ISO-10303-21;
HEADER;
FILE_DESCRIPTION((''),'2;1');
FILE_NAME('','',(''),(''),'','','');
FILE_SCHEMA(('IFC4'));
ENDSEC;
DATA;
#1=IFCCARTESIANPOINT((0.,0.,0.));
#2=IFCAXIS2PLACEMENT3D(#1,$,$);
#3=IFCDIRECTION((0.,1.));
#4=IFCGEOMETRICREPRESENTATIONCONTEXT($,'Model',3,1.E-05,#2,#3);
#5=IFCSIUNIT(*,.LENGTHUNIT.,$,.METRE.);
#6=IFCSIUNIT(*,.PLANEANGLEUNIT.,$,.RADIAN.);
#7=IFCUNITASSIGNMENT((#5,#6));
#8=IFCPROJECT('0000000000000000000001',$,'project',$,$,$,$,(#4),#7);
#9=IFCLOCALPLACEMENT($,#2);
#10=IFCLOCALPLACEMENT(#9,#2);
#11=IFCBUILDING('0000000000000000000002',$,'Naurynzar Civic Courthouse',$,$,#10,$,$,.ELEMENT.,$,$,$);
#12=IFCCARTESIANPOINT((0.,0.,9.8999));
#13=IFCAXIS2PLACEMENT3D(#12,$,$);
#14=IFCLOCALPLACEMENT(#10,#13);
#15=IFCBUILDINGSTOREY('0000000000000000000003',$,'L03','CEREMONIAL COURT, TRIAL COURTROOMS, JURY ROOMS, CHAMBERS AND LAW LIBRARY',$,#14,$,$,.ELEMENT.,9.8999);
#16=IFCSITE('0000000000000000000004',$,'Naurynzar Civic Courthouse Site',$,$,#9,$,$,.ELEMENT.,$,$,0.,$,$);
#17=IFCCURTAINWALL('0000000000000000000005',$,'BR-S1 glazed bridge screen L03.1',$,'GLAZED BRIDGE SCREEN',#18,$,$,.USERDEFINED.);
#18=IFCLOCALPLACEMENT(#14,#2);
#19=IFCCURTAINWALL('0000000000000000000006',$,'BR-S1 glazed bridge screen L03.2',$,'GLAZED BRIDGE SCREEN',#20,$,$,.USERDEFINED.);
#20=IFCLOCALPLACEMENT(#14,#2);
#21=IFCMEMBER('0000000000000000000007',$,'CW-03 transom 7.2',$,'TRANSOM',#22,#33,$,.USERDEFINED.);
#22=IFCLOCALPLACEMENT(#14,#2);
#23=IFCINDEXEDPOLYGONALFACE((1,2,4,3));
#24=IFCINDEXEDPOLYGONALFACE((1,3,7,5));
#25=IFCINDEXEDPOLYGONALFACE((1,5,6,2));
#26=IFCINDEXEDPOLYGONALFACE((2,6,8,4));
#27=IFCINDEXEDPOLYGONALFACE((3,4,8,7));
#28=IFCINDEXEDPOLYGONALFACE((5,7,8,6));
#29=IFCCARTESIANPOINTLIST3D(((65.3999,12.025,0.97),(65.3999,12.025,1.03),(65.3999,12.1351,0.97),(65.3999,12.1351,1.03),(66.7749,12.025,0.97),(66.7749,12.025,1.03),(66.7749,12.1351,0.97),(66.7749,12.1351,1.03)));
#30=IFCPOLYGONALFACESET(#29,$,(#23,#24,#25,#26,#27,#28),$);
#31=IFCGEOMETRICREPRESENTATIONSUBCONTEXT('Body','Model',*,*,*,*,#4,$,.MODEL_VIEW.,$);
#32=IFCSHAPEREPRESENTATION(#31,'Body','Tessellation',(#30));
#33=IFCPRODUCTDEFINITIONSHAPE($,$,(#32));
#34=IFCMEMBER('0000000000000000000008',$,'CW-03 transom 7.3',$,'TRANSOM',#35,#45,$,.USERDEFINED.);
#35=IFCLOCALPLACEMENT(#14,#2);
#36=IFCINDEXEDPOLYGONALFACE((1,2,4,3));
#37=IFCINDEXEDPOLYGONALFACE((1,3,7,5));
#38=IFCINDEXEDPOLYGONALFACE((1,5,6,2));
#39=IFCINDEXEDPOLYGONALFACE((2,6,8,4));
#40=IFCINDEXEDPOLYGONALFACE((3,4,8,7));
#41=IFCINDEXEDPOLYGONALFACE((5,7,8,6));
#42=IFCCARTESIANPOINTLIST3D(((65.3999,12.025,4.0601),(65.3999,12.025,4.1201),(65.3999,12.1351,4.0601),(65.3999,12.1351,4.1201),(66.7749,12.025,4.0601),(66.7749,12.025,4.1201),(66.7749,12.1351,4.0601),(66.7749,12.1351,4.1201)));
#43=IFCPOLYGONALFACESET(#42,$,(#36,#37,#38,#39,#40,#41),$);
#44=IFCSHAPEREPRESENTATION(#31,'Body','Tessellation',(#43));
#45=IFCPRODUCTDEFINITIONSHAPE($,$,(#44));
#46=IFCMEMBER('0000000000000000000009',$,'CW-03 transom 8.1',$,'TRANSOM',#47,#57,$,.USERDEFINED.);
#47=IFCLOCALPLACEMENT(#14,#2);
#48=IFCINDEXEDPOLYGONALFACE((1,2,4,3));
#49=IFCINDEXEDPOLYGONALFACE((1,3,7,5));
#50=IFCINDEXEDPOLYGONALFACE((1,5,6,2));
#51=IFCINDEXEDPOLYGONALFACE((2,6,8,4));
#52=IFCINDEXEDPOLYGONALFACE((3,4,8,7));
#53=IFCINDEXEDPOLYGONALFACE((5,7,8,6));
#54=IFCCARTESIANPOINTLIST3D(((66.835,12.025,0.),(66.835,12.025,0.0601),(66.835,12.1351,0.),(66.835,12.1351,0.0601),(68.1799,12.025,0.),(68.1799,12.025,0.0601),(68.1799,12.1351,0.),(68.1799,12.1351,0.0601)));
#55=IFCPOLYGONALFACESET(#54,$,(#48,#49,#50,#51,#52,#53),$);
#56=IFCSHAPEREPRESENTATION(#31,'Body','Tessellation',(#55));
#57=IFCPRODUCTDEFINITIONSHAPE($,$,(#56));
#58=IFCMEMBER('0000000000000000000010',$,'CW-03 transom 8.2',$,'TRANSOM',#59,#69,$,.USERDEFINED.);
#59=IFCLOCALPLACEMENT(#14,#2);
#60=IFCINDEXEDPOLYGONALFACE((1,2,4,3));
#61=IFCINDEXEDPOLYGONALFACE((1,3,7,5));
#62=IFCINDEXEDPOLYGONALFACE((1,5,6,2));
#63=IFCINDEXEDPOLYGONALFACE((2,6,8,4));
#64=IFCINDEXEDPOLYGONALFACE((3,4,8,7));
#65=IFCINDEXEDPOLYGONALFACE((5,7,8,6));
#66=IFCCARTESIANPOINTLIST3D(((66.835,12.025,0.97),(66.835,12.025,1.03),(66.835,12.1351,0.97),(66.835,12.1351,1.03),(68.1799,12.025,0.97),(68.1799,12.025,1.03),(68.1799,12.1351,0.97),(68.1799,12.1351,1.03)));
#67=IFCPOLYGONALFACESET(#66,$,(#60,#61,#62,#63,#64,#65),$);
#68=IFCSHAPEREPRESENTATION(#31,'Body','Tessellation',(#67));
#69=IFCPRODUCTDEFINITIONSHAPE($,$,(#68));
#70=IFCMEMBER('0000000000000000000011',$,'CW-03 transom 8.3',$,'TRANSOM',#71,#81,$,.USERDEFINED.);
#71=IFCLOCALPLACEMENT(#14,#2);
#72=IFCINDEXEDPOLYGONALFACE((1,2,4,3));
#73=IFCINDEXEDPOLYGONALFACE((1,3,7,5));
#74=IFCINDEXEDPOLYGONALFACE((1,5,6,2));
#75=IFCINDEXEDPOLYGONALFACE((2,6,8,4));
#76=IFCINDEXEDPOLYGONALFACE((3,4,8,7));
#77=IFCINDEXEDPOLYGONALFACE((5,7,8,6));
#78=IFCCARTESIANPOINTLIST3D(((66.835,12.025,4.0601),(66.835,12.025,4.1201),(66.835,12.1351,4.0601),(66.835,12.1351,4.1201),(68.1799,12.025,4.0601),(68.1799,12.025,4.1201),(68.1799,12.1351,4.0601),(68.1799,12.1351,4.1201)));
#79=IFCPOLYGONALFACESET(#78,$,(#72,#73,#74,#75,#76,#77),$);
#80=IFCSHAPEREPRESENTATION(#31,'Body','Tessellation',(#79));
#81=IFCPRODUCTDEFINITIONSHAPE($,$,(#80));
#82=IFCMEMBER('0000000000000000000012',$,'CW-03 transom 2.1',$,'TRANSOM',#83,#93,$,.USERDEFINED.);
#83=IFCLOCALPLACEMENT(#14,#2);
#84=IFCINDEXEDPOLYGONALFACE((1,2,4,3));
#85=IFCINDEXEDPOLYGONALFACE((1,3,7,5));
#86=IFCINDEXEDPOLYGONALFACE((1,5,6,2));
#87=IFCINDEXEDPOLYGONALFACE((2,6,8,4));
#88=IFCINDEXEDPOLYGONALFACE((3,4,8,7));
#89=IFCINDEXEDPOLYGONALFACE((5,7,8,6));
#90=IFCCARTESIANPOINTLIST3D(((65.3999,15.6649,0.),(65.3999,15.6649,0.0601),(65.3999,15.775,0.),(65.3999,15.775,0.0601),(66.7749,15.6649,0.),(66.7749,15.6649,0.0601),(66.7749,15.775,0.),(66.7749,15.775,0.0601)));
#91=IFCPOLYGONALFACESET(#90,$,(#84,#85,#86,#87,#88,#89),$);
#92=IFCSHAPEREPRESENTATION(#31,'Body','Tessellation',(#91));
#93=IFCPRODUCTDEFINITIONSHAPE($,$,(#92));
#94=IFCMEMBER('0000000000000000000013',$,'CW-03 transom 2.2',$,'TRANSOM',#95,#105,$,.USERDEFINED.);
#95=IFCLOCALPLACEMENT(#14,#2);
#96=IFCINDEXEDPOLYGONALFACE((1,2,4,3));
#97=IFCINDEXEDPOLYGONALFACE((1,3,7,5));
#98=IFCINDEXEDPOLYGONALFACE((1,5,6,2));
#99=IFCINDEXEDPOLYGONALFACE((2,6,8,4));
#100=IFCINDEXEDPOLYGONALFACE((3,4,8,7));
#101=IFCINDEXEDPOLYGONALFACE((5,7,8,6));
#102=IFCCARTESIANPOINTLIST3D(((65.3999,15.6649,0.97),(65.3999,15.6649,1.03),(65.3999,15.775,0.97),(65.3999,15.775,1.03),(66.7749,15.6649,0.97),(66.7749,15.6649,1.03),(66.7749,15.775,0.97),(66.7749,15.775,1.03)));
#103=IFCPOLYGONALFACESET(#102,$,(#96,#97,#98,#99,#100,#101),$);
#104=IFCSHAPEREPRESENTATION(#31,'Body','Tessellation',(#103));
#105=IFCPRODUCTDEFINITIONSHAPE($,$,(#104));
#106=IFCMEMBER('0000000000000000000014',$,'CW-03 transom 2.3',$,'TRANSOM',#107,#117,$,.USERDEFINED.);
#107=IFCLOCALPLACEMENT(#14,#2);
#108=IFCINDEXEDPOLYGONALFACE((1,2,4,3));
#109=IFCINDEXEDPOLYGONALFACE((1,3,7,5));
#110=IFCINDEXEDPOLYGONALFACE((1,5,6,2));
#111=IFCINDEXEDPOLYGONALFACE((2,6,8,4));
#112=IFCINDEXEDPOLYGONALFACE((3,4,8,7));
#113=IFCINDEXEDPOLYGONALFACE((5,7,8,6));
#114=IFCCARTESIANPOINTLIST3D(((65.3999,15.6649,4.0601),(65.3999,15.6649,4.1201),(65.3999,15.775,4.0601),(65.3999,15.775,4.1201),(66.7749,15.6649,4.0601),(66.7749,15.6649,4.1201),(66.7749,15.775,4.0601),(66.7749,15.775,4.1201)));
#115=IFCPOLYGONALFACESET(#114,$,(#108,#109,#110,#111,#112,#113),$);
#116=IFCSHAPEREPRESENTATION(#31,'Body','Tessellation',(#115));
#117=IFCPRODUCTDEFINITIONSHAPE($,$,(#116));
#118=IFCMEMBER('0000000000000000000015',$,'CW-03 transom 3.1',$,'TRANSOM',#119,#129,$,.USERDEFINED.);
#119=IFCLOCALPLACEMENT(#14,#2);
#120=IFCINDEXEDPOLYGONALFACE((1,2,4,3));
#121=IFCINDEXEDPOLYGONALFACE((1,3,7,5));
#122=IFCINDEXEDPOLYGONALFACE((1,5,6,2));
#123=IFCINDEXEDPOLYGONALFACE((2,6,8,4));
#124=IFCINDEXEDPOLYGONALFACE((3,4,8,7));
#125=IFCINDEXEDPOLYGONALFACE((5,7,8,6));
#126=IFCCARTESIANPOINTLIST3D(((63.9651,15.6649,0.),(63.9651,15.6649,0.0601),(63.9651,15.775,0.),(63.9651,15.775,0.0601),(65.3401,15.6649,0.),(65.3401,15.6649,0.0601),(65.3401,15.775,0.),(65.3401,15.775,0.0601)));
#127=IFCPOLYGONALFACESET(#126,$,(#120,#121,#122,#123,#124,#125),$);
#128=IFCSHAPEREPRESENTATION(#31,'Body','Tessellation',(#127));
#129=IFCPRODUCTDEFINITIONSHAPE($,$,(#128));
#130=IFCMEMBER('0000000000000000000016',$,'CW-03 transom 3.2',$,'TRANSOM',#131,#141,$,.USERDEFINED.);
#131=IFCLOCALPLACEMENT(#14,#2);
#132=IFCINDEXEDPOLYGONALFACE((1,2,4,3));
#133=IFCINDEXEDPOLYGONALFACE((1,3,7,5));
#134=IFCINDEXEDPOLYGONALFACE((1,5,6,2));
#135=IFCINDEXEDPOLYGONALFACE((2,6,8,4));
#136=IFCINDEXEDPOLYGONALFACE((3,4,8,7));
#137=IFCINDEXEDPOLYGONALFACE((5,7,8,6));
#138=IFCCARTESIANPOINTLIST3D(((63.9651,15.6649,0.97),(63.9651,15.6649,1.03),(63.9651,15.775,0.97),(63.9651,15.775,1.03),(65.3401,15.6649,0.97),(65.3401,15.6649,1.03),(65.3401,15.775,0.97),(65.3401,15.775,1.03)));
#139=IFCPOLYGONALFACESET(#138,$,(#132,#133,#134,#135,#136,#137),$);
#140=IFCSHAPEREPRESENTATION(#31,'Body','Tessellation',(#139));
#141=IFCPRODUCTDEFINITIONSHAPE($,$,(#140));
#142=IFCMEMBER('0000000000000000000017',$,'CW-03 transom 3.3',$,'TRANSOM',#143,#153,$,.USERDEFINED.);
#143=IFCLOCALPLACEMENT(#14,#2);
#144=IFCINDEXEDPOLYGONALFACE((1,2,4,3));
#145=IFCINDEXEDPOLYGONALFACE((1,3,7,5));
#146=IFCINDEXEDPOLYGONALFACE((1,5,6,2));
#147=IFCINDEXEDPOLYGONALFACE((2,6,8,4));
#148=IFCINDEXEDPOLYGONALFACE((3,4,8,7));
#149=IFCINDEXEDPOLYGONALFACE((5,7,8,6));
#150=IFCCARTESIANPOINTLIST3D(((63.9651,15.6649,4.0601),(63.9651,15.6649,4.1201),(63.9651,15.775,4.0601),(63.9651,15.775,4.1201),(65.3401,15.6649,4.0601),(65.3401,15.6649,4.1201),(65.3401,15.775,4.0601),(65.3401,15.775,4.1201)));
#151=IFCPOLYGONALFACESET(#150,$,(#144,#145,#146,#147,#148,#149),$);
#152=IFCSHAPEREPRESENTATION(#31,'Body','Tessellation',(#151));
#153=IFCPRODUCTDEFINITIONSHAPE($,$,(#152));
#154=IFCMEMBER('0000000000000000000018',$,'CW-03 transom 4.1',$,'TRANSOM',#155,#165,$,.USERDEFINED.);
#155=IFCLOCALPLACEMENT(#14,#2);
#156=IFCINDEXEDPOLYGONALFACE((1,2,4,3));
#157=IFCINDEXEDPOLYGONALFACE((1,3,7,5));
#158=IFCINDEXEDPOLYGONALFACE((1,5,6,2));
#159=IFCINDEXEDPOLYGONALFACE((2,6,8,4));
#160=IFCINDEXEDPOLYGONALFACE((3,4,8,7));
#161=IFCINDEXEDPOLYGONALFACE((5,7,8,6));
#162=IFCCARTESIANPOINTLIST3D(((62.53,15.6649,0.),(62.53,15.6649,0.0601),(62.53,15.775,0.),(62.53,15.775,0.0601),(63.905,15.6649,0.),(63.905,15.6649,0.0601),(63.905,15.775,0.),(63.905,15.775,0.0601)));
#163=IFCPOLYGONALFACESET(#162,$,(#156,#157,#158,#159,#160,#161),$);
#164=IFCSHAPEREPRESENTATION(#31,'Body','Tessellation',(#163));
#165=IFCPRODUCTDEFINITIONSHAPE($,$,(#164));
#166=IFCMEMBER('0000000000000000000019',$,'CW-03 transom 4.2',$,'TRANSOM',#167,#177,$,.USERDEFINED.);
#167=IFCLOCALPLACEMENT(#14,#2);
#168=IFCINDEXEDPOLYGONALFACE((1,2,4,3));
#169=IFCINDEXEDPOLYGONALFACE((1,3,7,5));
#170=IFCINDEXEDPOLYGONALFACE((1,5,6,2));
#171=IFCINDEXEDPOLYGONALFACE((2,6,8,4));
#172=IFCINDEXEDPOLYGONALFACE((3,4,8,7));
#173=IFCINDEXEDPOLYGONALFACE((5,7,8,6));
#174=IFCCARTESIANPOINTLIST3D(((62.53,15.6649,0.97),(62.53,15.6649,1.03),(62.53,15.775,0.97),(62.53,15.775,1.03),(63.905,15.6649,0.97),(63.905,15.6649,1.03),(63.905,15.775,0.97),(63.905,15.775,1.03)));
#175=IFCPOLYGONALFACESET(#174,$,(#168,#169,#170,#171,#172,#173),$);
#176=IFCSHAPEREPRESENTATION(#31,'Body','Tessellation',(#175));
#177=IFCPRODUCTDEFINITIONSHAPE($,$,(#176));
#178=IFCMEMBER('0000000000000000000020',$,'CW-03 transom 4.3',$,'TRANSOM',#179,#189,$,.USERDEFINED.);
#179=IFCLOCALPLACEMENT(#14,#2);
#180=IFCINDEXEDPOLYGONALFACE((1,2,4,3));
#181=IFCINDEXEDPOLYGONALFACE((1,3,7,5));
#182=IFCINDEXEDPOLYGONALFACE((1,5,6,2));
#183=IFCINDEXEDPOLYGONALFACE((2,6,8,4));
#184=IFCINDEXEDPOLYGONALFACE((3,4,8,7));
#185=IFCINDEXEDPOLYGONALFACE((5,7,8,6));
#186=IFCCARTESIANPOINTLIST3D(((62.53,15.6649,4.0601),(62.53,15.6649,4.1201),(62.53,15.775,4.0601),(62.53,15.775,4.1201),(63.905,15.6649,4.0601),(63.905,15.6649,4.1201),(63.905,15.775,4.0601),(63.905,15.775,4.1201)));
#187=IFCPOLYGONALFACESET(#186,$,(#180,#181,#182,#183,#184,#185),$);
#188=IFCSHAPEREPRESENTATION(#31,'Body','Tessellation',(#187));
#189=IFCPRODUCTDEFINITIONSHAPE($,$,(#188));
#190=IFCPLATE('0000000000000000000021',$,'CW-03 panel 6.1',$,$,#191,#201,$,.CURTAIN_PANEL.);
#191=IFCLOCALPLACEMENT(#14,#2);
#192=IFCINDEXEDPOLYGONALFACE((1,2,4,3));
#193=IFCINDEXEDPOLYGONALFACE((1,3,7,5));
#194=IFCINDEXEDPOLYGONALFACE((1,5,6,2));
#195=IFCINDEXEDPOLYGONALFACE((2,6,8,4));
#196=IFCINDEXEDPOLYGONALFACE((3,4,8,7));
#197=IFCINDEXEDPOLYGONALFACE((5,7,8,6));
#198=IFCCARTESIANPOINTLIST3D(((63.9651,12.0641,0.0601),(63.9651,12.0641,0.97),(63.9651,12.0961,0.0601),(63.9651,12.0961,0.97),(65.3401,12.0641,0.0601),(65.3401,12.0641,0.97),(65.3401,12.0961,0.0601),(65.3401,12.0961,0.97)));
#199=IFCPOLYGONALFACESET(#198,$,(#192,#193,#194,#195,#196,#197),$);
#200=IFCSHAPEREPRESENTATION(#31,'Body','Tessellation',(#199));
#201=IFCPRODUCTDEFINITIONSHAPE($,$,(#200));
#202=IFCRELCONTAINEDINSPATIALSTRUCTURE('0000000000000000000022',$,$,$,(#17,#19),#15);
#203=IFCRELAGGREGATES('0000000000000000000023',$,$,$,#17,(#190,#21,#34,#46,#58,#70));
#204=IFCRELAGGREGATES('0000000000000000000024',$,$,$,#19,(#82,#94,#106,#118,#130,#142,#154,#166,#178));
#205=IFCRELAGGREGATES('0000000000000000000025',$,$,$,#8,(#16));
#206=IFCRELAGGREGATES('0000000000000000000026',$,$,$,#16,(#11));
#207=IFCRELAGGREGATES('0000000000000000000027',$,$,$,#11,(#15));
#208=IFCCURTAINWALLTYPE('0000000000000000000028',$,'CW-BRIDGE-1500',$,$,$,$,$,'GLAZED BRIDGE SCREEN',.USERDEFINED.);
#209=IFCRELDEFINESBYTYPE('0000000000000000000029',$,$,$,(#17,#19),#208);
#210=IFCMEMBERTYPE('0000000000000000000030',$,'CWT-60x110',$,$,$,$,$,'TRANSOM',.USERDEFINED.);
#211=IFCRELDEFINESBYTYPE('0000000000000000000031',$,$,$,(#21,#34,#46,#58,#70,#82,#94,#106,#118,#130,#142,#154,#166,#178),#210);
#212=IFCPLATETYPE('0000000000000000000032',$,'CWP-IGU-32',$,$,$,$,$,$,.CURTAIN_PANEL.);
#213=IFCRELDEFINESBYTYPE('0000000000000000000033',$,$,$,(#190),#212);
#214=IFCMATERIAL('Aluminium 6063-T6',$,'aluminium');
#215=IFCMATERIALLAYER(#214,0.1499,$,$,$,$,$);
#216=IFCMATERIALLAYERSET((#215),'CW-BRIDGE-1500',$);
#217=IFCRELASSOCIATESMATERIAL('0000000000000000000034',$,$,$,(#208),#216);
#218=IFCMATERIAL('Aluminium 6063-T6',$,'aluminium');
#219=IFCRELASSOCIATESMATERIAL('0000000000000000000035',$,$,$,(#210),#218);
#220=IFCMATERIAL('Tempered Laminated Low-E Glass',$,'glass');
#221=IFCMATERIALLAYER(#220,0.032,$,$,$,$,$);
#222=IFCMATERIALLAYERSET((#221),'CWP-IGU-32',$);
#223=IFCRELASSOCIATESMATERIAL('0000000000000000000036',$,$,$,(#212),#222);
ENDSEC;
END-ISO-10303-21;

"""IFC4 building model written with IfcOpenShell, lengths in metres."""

from ifc_helpers import new_model, si_unit, direction, frame, origin, origin_2d, place, context, subcontext, project, spatial, rectangle, extrude, material, layer, layer_set, material_profile, profile_set, type_object, element, aggregate, save


model = new_model("IFC4")

# Units and contexts
model_context = context("Model", 3, precision=1e-05, world=origin(), true_north=direction((0.0, 1.0)))
body_context = subcontext(model_context, "Body", "Model", "MODEL_VIEW")
ifc_project = project(units=[si_unit("LENGTHUNIT", "METRE"), si_unit("PLANEANGLEUNIT", "RADIAN")], contexts=[model_context])

# Site, building, storey
site_placement = place(None, origin())
site = spatial("IfcSite", under=ifc_project, at=site_placement, Name="Naurynzar Civic Courthouse Site", CompositionType="ELEMENT", RefElevation=0.0)
building_placement = place(site_placement, origin())
building = spatial("IfcBuilding", under=site, at=building_placement, Name="Naurynzar Civic Courthouse", CompositionType="ELEMENT")
storey_placement = place(building_placement, frame((0.0, 0.0, 9.8999)))
storey = spatial("IfcBuildingStorey", under=building, at=storey_placement, Name="L03", Description="CEREMONIAL COURT, TRIAL COURTROOMS, JURY ROOMS, CHAMBERS AND LAW LIBRARY", CompositionType="ELEMENT", Elevation=9.8999)

# Curtain walls
ifc_material_1 = material(Name="Aluminium 6063-T6", Category="aluminium")
ifc_layer_1 = layer(ifc_material_1, 0.1499)
ifc_layer_set_1 = layer_set([ifc_layer_1], Name="CW-BRIDGE-1500")
curtain_wall_type = type_object("IfcCurtainWallType", Name="CW-BRIDGE-1500", ElementType="GLAZED BRIDGE SCREEN", PredefinedType="USERDEFINED", material=ifc_layer_set_1)
curtain_wall_1_placement = place(storey_placement, origin())
curtain_wall_1 = element("IfcCurtainWall", 1, at=curtain_wall_1_placement, inside=storey, type_object=curtain_wall_type, Name="BR-S1 glazed bridge screen L03.1", ObjectType="GLAZED BRIDGE SCREEN", PredefinedType="USERDEFINED")
curtain_wall_2_placement = place(storey_placement, origin())
curtain_wall_2 = element("IfcCurtainWall", 2, at=curtain_wall_2_placement, inside=storey, type_object=curtain_wall_type, Name="BR-S1 glazed bridge screen L03.2", ObjectType="GLAZED BRIDGE SCREEN", PredefinedType="USERDEFINED")

# Members
ifc_material_2 = material(Name="Aluminium 6063-T6", Category="aluminium")
ifc_material_profile_1 = material_profile(ifc_material_2, rectangle(XDim=0.1101, YDim=0.0601, at=origin_2d()), Name="ALU TRANSOM 60x110")
ifc_profile_set_1 = profile_set([ifc_material_profile_1], Name="Aluminium 6063-T6")
member_type_1 = type_object("IfcMemberType", Name="CWT-60x110", ElementType="TRANSOM", PredefinedType="USERDEFINED", material=ifc_profile_set_1)
member_1_placement = place(storey_placement, frame((65.3999, 12.0801, 1.0), z_axis=(1.0, 0.0, 0.0), x_axis=(0.0, 1.0, 0.0)))
member_1 = element("IfcMember", 3, at=member_1_placement, type_object=member_type_1, Name="CW-03 transom 7.2", ObjectType="TRANSOM", PredefinedType="USERDEFINED", context=body_context, shape_type="SweptSolid", body=[
    extrude(rectangle(XDim=0.1101, YDim=0.0601, at=origin_2d()), origin(), (0.0, 0.0, 1.0), 1.375),
])
member_2_placement = place(storey_placement, frame((65.3999, 12.0801, 4.0901), z_axis=(1.0, 0.0, 0.0), x_axis=(0.0, 1.0, 0.0)))
member_2 = element("IfcMember", 4, at=member_2_placement, type_object=member_type_1, Name="CW-03 transom 7.3", ObjectType="TRANSOM", PredefinedType="USERDEFINED", context=body_context, shape_type="SweptSolid", body=[
    extrude(rectangle(XDim=0.1101, YDim=0.0601, at=origin_2d()), origin(), (0.0, 0.0, 1.0), 1.375),
])
member_3_placement = place(storey_placement, frame((66.835, 12.0801, 0.03), z_axis=(1.0, 0.0, 0.0), x_axis=(0.0, 1.0, 0.0)))
member_3 = element("IfcMember", 5, at=member_3_placement, type_object=member_type_1, Name="CW-03 transom 8.1", ObjectType="TRANSOM", PredefinedType="USERDEFINED", context=body_context, shape_type="SweptSolid", body=[
    extrude(rectangle(XDim=0.1101, YDim=0.0601, at=origin_2d()), origin(), (0.0, 0.0, 1.0), 1.345),
])
member_4_placement = place(storey_placement, frame((66.835, 12.0801, 1.0), z_axis=(1.0, 0.0, 0.0), x_axis=(0.0, 1.0, 0.0)))
member_4 = element("IfcMember", 6, at=member_4_placement, type_object=member_type_1, Name="CW-03 transom 8.2", ObjectType="TRANSOM", PredefinedType="USERDEFINED", context=body_context, shape_type="SweptSolid", body=[
    extrude(rectangle(XDim=0.1101, YDim=0.0601, at=origin_2d()), origin(), (0.0, 0.0, 1.0), 1.345),
])
member_5_placement = place(storey_placement, frame((66.835, 12.0801, 4.0901), z_axis=(1.0, 0.0, 0.0), x_axis=(0.0, 1.0, 0.0)))
member_5 = element("IfcMember", 7, at=member_5_placement, type_object=member_type_1, Name="CW-03 transom 8.3", ObjectType="TRANSOM", PredefinedType="USERDEFINED", context=body_context, shape_type="SweptSolid", body=[
    extrude(rectangle(XDim=0.1101, YDim=0.0601, at=origin_2d()), origin(), (0.0, 0.0, 1.0), 1.345),
])
member_6_placement = place(storey_placement, frame((66.7749, 15.72, 0.03), z_axis=(-1.0, 0.0, 0.0), x_axis=(0.0, -1.0, 0.0)))
member_6 = element("IfcMember", 8, at=member_6_placement, type_object=member_type_1, Name="CW-03 transom 2.1", ObjectType="TRANSOM", PredefinedType="USERDEFINED", context=body_context, shape_type="SweptSolid", body=[
    extrude(rectangle(XDim=0.1101, YDim=0.0601, at=origin_2d()), origin(), (0.0, 0.0, 1.0), 1.375),
])
member_7_placement = place(storey_placement, frame((66.7749, 15.72, 1.0), z_axis=(-1.0, 0.0, 0.0), x_axis=(0.0, -1.0, 0.0)))
member_7 = element("IfcMember", 9, at=member_7_placement, type_object=member_type_1, Name="CW-03 transom 2.2", ObjectType="TRANSOM", PredefinedType="USERDEFINED", context=body_context, shape_type="SweptSolid", body=[
    extrude(rectangle(XDim=0.1101, YDim=0.0601, at=origin_2d()), origin(), (0.0, 0.0, 1.0), 1.375),
])
member_8_placement = place(storey_placement, frame((66.7749, 15.72, 4.0901), z_axis=(-1.0, 0.0, 0.0), x_axis=(0.0, -1.0, 0.0)))
member_8 = element("IfcMember", 10, at=member_8_placement, type_object=member_type_1, Name="CW-03 transom 2.3", ObjectType="TRANSOM", PredefinedType="USERDEFINED", context=body_context, shape_type="SweptSolid", body=[
    extrude(rectangle(XDim=0.1101, YDim=0.0601, at=origin_2d()), origin(), (0.0, 0.0, 1.0), 1.375),
])
member_9_placement = place(storey_placement, frame((65.3401, 15.72, 0.03), z_axis=(-1.0, 0.0, 0.0), x_axis=(0.0, -1.0, 0.0)))
member_9 = element("IfcMember", 11, at=member_9_placement, type_object=member_type_1, Name="CW-03 transom 3.1", ObjectType="TRANSOM", PredefinedType="USERDEFINED", context=body_context, shape_type="SweptSolid", body=[
    extrude(rectangle(XDim=0.1101, YDim=0.0601, at=origin_2d()), origin(), (0.0, 0.0, 1.0), 1.375),
])
member_10_placement = place(storey_placement, frame((65.3401, 15.72, 1.0), z_axis=(-1.0, 0.0, 0.0), x_axis=(0.0, -1.0, 0.0)))
member_10 = element("IfcMember", 12, at=member_10_placement, type_object=member_type_1, Name="CW-03 transom 3.2", ObjectType="TRANSOM", PredefinedType="USERDEFINED", context=body_context, shape_type="SweptSolid", body=[
    extrude(rectangle(XDim=0.1101, YDim=0.0601, at=origin_2d()), origin(), (0.0, 0.0, 1.0), 1.375),
])
member_11_placement = place(storey_placement, frame((65.3401, 15.72, 4.0901), z_axis=(-1.0, 0.0, 0.0), x_axis=(0.0, -1.0, 0.0)))
member_11 = element("IfcMember", 13, at=member_11_placement, type_object=member_type_1, Name="CW-03 transom 3.3", ObjectType="TRANSOM", PredefinedType="USERDEFINED", context=body_context, shape_type="SweptSolid", body=[
    extrude(rectangle(XDim=0.1101, YDim=0.0601, at=origin_2d()), origin(), (0.0, 0.0, 1.0), 1.375),
])
member_12_placement = place(storey_placement, frame((63.905, 15.72, 0.03), z_axis=(-1.0, 0.0, 0.0), x_axis=(0.0, -1.0, 0.0)))
member_12 = element("IfcMember", 14, at=member_12_placement, type_object=member_type_1, Name="CW-03 transom 4.1", ObjectType="TRANSOM", PredefinedType="USERDEFINED", context=body_context, shape_type="SweptSolid", body=[
    extrude(rectangle(XDim=0.1101, YDim=0.0601, at=origin_2d()), origin(), (0.0, 0.0, 1.0), 1.375),
])
member_13_placement = place(storey_placement, frame((63.905, 15.72, 1.0), z_axis=(-1.0, 0.0, 0.0), x_axis=(0.0, -1.0, 0.0)))
member_13 = element("IfcMember", 15, at=member_13_placement, type_object=member_type_1, Name="CW-03 transom 4.2", ObjectType="TRANSOM", PredefinedType="USERDEFINED", context=body_context, shape_type="SweptSolid", body=[
    extrude(rectangle(XDim=0.1101, YDim=0.0601, at=origin_2d()), origin(), (0.0, 0.0, 1.0), 1.375),
])
member_14_placement = place(storey_placement, frame((63.905, 15.72, 4.0901), z_axis=(-1.0, 0.0, 0.0), x_axis=(0.0, -1.0, 0.0)))
member_14 = element("IfcMember", 16, at=member_14_placement, type_object=member_type_1, Name="CW-03 transom 4.3", ObjectType="TRANSOM", PredefinedType="USERDEFINED", context=body_context, shape_type="SweptSolid", body=[
    extrude(rectangle(XDim=0.1101, YDim=0.0601, at=origin_2d()), origin(), (0.0, 0.0, 1.0), 1.375),
])

# Plate
ifc_material_3 = material(Name="Tempered Laminated Low-E Glass", Category="glass")
ifc_layer_2 = layer(ifc_material_3, 0.032)
ifc_layer_set_2 = layer_set([ifc_layer_2], Name="CWP-IGU-32")
plate_type = type_object("IfcPlateType", Name="CWP-IGU-32", PredefinedType="CURTAIN_PANEL", material=ifc_layer_set_2)
plate_1_placement = place(storey_placement, frame((64.6526, 12.0801, 0.0601), z_axis=(0.0, 0.0, 1.0), x_axis=(1.0, 0.0, 0.0)))
plate_1 = element("IfcPlate", 17, at=plate_1_placement, type_object=plate_type, Name="CW-03 panel 6.1", PredefinedType="CURTAIN_PANEL", context=body_context, shape_type="SweptSolid", body=[
    extrude(rectangle(XDim=1.375, YDim=0.032, at=origin_2d()), origin(), (0.0, 0.0, 1.0), 0.9099),
])
aggregate(curtain_wall_1, [plate_1, member_1, member_2, member_3, member_4, member_5])
aggregate(curtain_wall_2, [member_6, member_7, member_8, member_9, member_10, member_11, member_12, member_13, member_14])

save(model, "model.ifc")
